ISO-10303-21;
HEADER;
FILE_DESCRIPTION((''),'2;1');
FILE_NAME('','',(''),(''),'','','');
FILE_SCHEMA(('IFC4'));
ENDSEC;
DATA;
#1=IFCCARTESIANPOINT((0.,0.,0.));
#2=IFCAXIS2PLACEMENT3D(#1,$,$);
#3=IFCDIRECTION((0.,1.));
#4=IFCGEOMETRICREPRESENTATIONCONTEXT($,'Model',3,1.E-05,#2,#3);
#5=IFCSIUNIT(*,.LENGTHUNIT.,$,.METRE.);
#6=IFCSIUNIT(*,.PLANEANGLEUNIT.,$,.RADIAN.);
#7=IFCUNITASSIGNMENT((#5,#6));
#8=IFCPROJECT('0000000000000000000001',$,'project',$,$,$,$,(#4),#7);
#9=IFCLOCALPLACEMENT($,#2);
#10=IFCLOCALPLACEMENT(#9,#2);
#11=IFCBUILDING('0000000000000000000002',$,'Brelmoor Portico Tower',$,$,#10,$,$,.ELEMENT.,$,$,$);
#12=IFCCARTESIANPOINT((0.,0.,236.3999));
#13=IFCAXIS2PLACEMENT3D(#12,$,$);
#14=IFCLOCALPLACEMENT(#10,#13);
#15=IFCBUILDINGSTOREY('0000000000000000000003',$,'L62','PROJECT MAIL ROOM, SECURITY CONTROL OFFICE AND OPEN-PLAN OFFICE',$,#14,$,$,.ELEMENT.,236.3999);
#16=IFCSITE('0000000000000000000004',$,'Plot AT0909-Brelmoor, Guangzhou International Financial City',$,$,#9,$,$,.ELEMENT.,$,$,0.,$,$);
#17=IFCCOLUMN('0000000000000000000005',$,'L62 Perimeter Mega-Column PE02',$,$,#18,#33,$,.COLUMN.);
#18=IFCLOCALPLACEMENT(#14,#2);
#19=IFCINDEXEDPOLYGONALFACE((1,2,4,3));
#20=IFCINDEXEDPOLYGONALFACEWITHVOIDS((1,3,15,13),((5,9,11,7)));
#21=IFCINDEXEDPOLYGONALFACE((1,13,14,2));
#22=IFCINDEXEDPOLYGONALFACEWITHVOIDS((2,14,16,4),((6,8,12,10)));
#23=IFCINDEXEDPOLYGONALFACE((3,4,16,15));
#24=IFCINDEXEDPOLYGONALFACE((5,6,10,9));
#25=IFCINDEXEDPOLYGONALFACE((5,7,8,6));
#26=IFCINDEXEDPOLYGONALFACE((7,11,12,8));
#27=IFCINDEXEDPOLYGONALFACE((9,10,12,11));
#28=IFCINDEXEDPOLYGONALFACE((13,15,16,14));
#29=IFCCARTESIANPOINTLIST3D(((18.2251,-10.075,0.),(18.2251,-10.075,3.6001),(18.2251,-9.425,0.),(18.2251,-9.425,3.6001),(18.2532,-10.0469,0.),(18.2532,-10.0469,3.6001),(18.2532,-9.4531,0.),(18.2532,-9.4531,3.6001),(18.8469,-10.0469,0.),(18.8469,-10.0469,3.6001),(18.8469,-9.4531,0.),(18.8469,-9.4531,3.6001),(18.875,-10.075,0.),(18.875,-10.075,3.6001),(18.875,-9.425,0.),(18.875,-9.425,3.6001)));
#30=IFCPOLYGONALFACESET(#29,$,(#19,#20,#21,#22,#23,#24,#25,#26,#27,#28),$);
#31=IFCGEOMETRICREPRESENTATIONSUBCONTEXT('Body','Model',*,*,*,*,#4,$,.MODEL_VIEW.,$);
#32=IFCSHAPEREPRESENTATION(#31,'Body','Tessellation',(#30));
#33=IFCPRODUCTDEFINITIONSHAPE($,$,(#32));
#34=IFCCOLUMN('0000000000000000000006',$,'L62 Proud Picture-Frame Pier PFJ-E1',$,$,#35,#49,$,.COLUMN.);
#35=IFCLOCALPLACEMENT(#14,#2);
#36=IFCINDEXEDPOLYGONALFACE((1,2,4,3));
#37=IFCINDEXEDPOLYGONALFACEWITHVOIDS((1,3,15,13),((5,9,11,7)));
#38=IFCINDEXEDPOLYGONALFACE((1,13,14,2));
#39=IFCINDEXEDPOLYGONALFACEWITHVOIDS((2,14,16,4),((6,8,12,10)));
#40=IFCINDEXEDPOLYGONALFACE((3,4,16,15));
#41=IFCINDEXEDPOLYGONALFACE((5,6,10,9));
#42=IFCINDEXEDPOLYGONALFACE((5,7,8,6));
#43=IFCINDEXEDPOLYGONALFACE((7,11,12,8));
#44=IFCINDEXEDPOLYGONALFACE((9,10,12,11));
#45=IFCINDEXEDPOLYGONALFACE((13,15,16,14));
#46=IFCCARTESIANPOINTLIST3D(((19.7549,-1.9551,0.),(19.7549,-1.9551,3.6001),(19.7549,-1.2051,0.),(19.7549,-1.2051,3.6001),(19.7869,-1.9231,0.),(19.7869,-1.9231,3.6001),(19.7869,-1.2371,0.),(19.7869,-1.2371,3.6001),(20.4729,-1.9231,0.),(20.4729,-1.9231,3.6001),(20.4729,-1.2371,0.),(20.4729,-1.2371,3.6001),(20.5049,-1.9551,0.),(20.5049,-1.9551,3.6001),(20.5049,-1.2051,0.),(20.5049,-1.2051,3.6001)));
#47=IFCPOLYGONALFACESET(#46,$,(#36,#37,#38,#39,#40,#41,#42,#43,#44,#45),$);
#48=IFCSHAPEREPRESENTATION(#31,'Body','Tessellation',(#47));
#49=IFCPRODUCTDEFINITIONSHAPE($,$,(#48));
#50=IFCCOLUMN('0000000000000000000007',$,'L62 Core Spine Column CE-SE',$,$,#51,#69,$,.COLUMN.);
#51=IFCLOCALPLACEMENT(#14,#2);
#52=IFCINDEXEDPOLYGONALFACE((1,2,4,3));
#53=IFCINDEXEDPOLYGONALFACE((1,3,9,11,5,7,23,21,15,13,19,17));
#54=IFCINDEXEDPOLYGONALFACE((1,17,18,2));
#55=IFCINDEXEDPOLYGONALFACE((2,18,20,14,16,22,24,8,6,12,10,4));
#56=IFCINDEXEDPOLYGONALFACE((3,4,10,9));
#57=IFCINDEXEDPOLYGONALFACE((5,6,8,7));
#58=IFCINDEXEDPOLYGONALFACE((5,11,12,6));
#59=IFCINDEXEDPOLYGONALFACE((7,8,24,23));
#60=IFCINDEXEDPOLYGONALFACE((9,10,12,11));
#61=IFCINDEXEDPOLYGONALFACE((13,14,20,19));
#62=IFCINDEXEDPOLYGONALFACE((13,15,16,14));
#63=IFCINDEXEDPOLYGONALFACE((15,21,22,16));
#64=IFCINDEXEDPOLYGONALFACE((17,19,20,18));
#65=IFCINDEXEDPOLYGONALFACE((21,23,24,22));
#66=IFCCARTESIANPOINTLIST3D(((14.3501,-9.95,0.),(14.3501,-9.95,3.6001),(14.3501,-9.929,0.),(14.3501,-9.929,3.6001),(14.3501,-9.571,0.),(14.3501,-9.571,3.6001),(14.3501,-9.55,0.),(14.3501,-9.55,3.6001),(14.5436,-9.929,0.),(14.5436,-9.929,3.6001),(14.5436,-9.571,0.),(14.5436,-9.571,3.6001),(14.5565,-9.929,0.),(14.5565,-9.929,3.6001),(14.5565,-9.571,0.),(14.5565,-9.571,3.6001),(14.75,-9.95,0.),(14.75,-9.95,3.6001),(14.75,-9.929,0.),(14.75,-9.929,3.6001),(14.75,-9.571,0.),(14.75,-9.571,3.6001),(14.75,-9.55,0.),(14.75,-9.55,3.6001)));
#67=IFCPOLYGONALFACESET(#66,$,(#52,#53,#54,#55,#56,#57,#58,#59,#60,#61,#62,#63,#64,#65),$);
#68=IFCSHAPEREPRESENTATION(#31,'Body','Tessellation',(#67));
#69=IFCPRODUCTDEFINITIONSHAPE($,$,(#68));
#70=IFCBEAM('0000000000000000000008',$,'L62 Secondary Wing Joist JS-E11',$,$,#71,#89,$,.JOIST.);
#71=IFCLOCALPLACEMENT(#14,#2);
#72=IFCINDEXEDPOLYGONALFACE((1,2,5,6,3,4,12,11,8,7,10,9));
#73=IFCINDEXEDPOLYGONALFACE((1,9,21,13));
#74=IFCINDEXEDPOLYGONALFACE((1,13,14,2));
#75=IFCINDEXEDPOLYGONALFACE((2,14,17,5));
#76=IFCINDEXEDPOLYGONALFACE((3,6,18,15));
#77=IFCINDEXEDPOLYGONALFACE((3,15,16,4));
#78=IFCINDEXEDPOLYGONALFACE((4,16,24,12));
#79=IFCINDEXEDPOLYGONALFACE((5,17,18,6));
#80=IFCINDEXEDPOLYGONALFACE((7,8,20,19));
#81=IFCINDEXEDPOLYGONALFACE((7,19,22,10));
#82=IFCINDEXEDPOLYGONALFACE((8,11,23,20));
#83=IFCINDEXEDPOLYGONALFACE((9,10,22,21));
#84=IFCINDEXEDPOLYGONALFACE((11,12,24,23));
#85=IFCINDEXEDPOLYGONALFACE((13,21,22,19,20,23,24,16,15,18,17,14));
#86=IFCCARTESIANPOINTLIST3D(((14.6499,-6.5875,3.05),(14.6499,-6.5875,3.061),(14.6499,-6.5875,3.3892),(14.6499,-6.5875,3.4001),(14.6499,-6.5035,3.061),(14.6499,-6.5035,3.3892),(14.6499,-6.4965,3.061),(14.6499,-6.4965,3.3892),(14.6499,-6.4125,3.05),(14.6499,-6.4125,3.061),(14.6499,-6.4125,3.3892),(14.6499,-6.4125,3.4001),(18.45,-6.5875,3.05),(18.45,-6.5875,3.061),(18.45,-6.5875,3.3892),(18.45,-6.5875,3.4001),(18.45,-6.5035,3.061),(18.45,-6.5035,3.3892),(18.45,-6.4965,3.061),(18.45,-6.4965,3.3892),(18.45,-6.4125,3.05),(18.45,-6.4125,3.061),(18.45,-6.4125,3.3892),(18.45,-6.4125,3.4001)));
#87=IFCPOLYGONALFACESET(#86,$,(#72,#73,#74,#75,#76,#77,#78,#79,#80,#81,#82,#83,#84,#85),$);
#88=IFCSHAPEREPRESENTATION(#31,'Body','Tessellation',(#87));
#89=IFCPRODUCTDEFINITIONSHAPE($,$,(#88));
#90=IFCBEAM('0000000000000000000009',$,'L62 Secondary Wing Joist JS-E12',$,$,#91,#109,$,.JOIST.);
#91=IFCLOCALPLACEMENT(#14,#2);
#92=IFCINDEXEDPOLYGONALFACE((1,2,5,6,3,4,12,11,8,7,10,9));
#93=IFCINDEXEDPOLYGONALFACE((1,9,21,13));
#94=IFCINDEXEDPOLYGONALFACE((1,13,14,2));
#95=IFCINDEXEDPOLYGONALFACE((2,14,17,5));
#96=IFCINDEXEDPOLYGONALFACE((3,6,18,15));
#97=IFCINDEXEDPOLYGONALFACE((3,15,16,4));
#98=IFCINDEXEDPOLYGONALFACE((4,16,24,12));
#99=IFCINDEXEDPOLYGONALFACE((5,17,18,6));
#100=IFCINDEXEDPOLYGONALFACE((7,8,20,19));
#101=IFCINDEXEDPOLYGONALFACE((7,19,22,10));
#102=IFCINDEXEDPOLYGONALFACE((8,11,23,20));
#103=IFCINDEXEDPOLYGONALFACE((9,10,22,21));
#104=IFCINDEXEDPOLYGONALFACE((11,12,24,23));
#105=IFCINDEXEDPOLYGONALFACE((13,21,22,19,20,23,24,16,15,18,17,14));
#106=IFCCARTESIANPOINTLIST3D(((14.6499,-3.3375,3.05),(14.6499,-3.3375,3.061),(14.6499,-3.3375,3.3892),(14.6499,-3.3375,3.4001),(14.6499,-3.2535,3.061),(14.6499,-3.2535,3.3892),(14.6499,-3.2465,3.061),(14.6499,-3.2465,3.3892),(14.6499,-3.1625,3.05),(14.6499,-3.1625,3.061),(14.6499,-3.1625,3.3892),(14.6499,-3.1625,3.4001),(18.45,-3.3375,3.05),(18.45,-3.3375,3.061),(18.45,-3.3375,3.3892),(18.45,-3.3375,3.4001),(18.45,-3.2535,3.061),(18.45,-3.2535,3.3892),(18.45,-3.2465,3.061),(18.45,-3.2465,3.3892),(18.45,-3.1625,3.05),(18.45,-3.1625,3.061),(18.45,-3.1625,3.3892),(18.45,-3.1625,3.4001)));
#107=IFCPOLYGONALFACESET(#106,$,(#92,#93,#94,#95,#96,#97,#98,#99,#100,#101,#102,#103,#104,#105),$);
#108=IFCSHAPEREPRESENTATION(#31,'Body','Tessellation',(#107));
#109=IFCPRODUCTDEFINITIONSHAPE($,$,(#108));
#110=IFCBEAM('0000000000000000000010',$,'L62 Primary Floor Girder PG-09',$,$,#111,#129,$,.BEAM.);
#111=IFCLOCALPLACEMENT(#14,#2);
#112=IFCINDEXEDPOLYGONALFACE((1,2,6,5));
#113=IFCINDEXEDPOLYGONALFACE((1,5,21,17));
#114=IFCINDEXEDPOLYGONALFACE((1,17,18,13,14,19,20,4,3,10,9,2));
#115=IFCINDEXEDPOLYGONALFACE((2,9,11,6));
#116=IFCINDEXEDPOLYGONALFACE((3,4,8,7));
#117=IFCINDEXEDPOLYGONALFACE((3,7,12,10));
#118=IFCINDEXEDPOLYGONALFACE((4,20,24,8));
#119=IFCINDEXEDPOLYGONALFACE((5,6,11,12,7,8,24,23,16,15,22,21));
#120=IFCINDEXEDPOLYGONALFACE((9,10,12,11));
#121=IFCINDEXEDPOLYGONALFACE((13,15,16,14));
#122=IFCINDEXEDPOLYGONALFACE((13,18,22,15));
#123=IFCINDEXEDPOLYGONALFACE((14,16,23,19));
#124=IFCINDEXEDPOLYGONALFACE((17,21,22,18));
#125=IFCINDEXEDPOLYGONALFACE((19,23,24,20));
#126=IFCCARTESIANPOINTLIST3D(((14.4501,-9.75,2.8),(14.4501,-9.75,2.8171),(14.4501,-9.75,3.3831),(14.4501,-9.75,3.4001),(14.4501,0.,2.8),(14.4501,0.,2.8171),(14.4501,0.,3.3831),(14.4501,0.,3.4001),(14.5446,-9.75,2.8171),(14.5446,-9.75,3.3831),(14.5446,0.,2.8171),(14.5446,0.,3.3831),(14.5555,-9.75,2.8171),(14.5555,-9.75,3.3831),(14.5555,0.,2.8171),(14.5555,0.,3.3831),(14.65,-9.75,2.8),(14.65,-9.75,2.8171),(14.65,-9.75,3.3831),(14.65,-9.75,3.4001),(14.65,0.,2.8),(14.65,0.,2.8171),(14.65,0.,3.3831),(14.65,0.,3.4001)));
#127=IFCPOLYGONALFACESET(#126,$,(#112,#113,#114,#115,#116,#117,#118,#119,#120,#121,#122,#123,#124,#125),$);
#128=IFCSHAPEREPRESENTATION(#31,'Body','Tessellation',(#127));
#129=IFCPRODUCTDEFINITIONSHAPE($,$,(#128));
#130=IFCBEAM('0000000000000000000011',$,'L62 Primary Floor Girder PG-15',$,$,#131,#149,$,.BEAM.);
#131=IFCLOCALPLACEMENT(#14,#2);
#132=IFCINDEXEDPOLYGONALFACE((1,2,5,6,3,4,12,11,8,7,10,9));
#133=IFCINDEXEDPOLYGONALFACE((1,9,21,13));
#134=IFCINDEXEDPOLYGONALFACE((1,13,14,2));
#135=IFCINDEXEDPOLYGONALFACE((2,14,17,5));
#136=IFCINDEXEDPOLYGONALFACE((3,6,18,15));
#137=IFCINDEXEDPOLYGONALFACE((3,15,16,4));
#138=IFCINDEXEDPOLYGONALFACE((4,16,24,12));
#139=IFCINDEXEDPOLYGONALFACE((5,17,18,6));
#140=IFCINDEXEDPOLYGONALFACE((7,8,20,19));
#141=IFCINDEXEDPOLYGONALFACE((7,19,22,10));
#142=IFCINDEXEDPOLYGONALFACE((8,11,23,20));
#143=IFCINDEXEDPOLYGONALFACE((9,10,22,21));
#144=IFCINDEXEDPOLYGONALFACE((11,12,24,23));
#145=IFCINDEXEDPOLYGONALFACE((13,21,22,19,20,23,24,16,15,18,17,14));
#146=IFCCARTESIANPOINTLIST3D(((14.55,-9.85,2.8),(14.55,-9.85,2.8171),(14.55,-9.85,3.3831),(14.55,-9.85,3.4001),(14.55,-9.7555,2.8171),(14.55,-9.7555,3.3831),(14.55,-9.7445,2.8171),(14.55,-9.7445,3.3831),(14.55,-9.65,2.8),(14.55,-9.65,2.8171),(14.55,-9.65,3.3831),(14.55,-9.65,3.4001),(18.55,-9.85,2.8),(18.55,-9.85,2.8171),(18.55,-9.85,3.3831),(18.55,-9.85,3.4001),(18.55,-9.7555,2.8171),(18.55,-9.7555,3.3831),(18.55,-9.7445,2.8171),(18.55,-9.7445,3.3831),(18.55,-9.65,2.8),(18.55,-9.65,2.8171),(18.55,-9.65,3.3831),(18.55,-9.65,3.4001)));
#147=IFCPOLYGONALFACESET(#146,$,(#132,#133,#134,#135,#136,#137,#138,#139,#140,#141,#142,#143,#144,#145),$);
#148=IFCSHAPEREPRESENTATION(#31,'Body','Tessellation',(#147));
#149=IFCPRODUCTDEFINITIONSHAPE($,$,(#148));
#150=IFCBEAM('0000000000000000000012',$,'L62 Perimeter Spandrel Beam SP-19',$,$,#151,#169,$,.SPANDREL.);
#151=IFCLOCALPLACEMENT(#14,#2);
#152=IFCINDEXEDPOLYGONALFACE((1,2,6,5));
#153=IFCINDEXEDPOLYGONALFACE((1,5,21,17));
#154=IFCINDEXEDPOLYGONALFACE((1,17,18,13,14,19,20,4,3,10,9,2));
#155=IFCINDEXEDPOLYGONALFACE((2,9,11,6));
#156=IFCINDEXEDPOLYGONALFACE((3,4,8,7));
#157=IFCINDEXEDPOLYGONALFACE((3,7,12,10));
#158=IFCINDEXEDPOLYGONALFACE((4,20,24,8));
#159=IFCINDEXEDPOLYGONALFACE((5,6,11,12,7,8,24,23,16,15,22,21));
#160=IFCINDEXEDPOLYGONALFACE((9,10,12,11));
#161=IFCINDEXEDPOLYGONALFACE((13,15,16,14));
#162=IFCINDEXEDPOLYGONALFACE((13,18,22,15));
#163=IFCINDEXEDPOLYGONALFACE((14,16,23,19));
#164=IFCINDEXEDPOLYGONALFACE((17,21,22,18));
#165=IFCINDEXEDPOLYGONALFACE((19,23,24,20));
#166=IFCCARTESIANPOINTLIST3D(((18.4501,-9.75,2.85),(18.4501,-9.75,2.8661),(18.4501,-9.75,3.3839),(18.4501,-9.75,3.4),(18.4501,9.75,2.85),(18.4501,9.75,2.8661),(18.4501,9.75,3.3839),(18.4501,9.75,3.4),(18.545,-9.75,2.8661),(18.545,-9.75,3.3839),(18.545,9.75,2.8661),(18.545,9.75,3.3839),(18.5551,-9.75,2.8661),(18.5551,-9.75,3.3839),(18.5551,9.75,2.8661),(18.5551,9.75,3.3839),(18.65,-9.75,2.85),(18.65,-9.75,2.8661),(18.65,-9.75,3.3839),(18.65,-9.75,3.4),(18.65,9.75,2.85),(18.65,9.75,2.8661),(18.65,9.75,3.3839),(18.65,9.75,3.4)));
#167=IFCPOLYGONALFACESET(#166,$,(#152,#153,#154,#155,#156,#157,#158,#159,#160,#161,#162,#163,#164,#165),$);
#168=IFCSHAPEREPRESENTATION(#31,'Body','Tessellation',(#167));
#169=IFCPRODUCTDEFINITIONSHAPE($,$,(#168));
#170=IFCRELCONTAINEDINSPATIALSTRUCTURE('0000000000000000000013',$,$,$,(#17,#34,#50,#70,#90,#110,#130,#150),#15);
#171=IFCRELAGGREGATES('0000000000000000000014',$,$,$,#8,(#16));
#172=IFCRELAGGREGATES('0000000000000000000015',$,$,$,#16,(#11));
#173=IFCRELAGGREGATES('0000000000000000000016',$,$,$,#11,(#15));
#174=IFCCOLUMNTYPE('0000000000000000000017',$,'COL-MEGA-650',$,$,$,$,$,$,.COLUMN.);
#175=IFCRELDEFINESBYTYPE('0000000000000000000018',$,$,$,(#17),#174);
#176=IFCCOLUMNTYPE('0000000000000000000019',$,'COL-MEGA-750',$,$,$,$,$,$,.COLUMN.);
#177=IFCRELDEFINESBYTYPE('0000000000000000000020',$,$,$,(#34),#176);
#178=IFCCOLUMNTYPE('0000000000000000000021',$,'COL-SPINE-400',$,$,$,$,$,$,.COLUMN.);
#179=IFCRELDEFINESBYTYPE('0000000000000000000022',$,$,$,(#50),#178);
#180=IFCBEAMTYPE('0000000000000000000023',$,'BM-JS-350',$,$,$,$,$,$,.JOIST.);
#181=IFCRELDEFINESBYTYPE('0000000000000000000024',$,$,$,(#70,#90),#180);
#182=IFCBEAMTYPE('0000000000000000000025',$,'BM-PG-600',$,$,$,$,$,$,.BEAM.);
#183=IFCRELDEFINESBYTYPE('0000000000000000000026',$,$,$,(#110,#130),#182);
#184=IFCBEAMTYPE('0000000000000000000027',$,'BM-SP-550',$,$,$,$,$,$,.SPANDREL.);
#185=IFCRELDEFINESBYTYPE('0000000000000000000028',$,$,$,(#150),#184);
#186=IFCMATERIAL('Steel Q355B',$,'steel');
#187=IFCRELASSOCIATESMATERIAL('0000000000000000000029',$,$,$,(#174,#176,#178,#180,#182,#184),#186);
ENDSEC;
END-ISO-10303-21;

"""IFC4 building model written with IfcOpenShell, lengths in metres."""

from ifc_helpers import new_model, si_unit, direction, frame, origin, origin_2d, place, context, subcontext, project, spatial, hollow_rectangle, i_section, extrude, material, material_profile, profile_set, type_object, element, save


model = new_model("IFC4")

# Units and contexts
model_context = context("Model", 3, precision=1e-05, world=origin(), true_north=direction((0.0, 1.0)))
body_context = subcontext(model_context, "Body", "Model", "MODEL_VIEW")
ifc_project = project(units=[si_unit("LENGTHUNIT", "METRE"), si_unit("PLANEANGLEUNIT", "RADIAN")], contexts=[model_context])

# Site, building, storey
site_placement = place(None, origin())
site = spatial("IfcSite", under=ifc_project, at=site_placement, Name="Plot AT0909-Brelmoor, Guangzhou International Financial City", CompositionType="ELEMENT", RefElevation=0.0)
building_placement = place(site_placement, origin())
building = spatial("IfcBuilding", under=site, at=building_placement, Name="Brelmoor Portico Tower", CompositionType="ELEMENT")
storey_placement = place(building_placement, frame((0.0, 0.0, 236.3999)))
storey = spatial("IfcBuildingStorey", under=building, at=storey_placement, Name="L62", Description="PROJECT MAIL ROOM, SECURITY CONTROL OFFICE AND OPEN-PLAN OFFICE", CompositionType="ELEMENT", Elevation=236.3999)

# Columns
ifc_material_1 = material(Name="Steel Q355B", Category="steel")
ifc_material_profile_1 = material_profile(ifc_material_1, hollow_rectangle(XDim=0.6499, YDim=0.6499, WallThickness=0.0281, at=origin_2d()), Name="BOX 650x650x28")
ifc_profile_set_1 = profile_set([ifc_material_profile_1], Name="Steel Q355B")
column_type_1 = type_object("IfcColumnType", Name="COL-MEGA-650", PredefinedType="COLUMN", material=ifc_profile_set_1)
column_1_placement = place(storey_placement, frame((18.55, -9.75, 0.0), z_axis=(0.0, 0.0, 1.0), x_axis=(0.0, 1.0, 0.0)))
element("IfcColumn", 1, at=column_1_placement, inside=storey, type_object=column_type_1, Name="L62 Perimeter Mega-Column PE02", PredefinedType="COLUMN", context=body_context, shape_type="SweptSolid", body=[
    extrude(hollow_rectangle(XDim=0.6499, YDim=0.6499, WallThickness=0.0281, at=origin_2d()), origin(), (0.0, 0.0, 1.0), 3.6001),
])
ifc_material_profile_2 = material_profile(ifc_material_1, hollow_rectangle(XDim=0.75, YDim=0.75, WallThickness=0.032, at=origin_2d()), Name="BOX 750x750x32")
ifc_profile_set_2 = profile_set([ifc_material_profile_2], Name="Steel Q355B")
column_type_2 = type_object("IfcColumnType", Name="COL-MEGA-750", PredefinedType="COLUMN", material=ifc_profile_set_2)
column_2_placement = place(storey_placement, frame((20.1299, -1.5801, 0.0), z_axis=(0.0, 0.0, 1.0), x_axis=(0.0, 1.0, 0.0)))
element("IfcColumn", 2, at=column_2_placement, inside=storey, type_object=column_type_2, Name="L62 Proud Picture-Frame Pier PFJ-E1", PredefinedType="COLUMN", context=body_context, shape_type="SweptSolid", body=[
    extrude(hollow_rectangle(XDim=0.75, YDim=0.75, WallThickness=0.032, at=origin_2d()), origin(), (0.0, 0.0, 1.0), 3.6001),
])
ifc_material_profile_3 = material_profile(ifc_material_1, i_section(OverallWidth=0.3999, OverallDepth=0.3999, WebThickness=0.0129, FlangeThickness=0.021, at=origin_2d()), Name="HW 400x400x13x21")
ifc_profile_set_3 = profile_set([ifc_material_profile_3], Name="Steel Q355B")
column_type_3 = type_object("IfcColumnType", Name="COL-SPINE-400", PredefinedType="COLUMN", material=ifc_profile_set_3)
column_3_placement = place(storey_placement, frame((14.55, -9.75, 0.0), z_axis=(0.0, 0.0, 1.0), x_axis=(1.0, 0.0, 0.0)))
element("IfcColumn", 3, at=column_3_placement, inside=storey, type_object=column_type_3, Name="L62 Core Spine Column CE-SE", PredefinedType="COLUMN", context=body_context, shape_type="SweptSolid", body=[
    extrude(i_section(OverallWidth=0.3999, OverallDepth=0.3999, WebThickness=0.0129, FlangeThickness=0.021, at=origin_2d()), origin(), (0.0, 0.0, 1.0), 3.6001),
])

# Beams
ifc_material_profile_4 = material_profile(ifc_material_1, i_section(OverallWidth=0.175, OverallDepth=0.3501, WebThickness=0.0071, FlangeThickness=0.011, at=origin_2d()), Name="HN 350x175x7x11")
ifc_profile_set_4 = profile_set([ifc_material_profile_4], Name="Steel Q355B")
beam_type_1 = type_object("IfcBeamType", Name="BM-JS-350", PredefinedType="JOIST", material=ifc_profile_set_4)
for number, where, z_axis, x_axis, name in (
    (4, (14.6499, -6.5, 3.2251), (1.0, 0.0, 0.0), (0.0, 1.0, 0.0), "L62 Secondary Wing Joist JS-E11"),
    (5, (14.6499, -3.25, 3.2251), (1.0, 0.0, 0.0), (0.0, 1.0, 0.0), "L62 Secondary Wing Joist JS-E12"),
):
    element("IfcBeam", number, at=place(storey_placement, frame(where, z_axis=z_axis, x_axis=x_axis)), inside=storey, type_object=beam_type_1, Name=name, PredefinedType="JOIST", context=body_context, shape_type="SweptSolid", body=[
        extrude(i_section(OverallWidth=0.175, OverallDepth=0.3501, WebThickness=0.0071, FlangeThickness=0.011, at=origin_2d()), origin(), (0.0, 0.0, 1.0), 3.8),
    ])
ifc_material_profile_5 = material_profile(ifc_material_1, i_section(OverallWidth=0.2, OverallDepth=0.6001, WebThickness=0.011, FlangeThickness=0.0171, at=origin_2d()), Name="HN 600x200x11x17")
ifc_profile_set_5 = profile_set([ifc_material_profile_5], Name="Steel Q355B")
beam_type_2 = type_object("IfcBeamType", Name="BM-PG-600", PredefinedType="BEAM", material=ifc_profile_set_5)
beam_1_placement = place(storey_placement, frame((14.55, -9.75, 3.1001), z_axis=(0.0, 1.0, 0.0), x_axis=(-1.0, 0.0, 0.0)))
element("IfcBeam", 6, at=beam_1_placement, inside=storey, type_object=beam_type_2, Name="L62 Primary Floor Girder PG-09", PredefinedType="BEAM", context=body_context, shape_type="SweptSolid", body=[
    extrude(i_section(OverallWidth=0.2, OverallDepth=0.6001, WebThickness=0.011, FlangeThickness=0.0171, at=origin_2d()), origin(), (0.0, 0.0, 1.0), 9.75),
])
beam_2_placement = place(storey_placement, frame((14.55, -9.75, 3.1001), z_axis=(1.0, 0.0, 0.0), x_axis=(0.0, 1.0, 0.0)))
element("IfcBeam", 7, at=beam_2_placement, inside=storey, type_object=beam_type_2, Name="L62 Primary Floor Girder PG-15", PredefinedType="BEAM", context=body_context, shape_type="SweptSolid", body=[
    extrude(i_section(OverallWidth=0.2, OverallDepth=0.6001, WebThickness=0.011, FlangeThickness=0.0171, at=origin_2d()), origin(), (0.0, 0.0, 1.0), 4.0),
])
ifc_material_profile_6 = material_profile(ifc_material_1, i_section(OverallWidth=0.2, OverallDepth=0.55, WebThickness=0.01, FlangeThickness=0.0161, at=origin_2d()), Name="HN 550x200x10x16")
ifc_profile_set_6 = profile_set([ifc_material_profile_6], Name="Steel Q355B")
beam_type_3 = type_object("IfcBeamType", Name="BM-SP-550", PredefinedType="SPANDREL", material=ifc_profile_set_6)
beam_3_placement = place(storey_placement, frame((18.55, -9.75, 3.125), z_axis=(0.0, 1.0, 0.0), x_axis=(-1.0, 0.0, 0.0)))
element("IfcBeam", 8, at=beam_3_placement, inside=storey, type_object=beam_type_3, Name="L62 Perimeter Spandrel Beam SP-19", PredefinedType="SPANDREL", context=body_context, shape_type="SweptSolid", body=[
    extrude(i_section(OverallWidth=0.2, OverallDepth=0.55, WebThickness=0.01, FlangeThickness=0.0161, at=origin_2d()), origin(), (0.0, 0.0, 1.0), 19.5),
])

save(model, "model.ifc")
